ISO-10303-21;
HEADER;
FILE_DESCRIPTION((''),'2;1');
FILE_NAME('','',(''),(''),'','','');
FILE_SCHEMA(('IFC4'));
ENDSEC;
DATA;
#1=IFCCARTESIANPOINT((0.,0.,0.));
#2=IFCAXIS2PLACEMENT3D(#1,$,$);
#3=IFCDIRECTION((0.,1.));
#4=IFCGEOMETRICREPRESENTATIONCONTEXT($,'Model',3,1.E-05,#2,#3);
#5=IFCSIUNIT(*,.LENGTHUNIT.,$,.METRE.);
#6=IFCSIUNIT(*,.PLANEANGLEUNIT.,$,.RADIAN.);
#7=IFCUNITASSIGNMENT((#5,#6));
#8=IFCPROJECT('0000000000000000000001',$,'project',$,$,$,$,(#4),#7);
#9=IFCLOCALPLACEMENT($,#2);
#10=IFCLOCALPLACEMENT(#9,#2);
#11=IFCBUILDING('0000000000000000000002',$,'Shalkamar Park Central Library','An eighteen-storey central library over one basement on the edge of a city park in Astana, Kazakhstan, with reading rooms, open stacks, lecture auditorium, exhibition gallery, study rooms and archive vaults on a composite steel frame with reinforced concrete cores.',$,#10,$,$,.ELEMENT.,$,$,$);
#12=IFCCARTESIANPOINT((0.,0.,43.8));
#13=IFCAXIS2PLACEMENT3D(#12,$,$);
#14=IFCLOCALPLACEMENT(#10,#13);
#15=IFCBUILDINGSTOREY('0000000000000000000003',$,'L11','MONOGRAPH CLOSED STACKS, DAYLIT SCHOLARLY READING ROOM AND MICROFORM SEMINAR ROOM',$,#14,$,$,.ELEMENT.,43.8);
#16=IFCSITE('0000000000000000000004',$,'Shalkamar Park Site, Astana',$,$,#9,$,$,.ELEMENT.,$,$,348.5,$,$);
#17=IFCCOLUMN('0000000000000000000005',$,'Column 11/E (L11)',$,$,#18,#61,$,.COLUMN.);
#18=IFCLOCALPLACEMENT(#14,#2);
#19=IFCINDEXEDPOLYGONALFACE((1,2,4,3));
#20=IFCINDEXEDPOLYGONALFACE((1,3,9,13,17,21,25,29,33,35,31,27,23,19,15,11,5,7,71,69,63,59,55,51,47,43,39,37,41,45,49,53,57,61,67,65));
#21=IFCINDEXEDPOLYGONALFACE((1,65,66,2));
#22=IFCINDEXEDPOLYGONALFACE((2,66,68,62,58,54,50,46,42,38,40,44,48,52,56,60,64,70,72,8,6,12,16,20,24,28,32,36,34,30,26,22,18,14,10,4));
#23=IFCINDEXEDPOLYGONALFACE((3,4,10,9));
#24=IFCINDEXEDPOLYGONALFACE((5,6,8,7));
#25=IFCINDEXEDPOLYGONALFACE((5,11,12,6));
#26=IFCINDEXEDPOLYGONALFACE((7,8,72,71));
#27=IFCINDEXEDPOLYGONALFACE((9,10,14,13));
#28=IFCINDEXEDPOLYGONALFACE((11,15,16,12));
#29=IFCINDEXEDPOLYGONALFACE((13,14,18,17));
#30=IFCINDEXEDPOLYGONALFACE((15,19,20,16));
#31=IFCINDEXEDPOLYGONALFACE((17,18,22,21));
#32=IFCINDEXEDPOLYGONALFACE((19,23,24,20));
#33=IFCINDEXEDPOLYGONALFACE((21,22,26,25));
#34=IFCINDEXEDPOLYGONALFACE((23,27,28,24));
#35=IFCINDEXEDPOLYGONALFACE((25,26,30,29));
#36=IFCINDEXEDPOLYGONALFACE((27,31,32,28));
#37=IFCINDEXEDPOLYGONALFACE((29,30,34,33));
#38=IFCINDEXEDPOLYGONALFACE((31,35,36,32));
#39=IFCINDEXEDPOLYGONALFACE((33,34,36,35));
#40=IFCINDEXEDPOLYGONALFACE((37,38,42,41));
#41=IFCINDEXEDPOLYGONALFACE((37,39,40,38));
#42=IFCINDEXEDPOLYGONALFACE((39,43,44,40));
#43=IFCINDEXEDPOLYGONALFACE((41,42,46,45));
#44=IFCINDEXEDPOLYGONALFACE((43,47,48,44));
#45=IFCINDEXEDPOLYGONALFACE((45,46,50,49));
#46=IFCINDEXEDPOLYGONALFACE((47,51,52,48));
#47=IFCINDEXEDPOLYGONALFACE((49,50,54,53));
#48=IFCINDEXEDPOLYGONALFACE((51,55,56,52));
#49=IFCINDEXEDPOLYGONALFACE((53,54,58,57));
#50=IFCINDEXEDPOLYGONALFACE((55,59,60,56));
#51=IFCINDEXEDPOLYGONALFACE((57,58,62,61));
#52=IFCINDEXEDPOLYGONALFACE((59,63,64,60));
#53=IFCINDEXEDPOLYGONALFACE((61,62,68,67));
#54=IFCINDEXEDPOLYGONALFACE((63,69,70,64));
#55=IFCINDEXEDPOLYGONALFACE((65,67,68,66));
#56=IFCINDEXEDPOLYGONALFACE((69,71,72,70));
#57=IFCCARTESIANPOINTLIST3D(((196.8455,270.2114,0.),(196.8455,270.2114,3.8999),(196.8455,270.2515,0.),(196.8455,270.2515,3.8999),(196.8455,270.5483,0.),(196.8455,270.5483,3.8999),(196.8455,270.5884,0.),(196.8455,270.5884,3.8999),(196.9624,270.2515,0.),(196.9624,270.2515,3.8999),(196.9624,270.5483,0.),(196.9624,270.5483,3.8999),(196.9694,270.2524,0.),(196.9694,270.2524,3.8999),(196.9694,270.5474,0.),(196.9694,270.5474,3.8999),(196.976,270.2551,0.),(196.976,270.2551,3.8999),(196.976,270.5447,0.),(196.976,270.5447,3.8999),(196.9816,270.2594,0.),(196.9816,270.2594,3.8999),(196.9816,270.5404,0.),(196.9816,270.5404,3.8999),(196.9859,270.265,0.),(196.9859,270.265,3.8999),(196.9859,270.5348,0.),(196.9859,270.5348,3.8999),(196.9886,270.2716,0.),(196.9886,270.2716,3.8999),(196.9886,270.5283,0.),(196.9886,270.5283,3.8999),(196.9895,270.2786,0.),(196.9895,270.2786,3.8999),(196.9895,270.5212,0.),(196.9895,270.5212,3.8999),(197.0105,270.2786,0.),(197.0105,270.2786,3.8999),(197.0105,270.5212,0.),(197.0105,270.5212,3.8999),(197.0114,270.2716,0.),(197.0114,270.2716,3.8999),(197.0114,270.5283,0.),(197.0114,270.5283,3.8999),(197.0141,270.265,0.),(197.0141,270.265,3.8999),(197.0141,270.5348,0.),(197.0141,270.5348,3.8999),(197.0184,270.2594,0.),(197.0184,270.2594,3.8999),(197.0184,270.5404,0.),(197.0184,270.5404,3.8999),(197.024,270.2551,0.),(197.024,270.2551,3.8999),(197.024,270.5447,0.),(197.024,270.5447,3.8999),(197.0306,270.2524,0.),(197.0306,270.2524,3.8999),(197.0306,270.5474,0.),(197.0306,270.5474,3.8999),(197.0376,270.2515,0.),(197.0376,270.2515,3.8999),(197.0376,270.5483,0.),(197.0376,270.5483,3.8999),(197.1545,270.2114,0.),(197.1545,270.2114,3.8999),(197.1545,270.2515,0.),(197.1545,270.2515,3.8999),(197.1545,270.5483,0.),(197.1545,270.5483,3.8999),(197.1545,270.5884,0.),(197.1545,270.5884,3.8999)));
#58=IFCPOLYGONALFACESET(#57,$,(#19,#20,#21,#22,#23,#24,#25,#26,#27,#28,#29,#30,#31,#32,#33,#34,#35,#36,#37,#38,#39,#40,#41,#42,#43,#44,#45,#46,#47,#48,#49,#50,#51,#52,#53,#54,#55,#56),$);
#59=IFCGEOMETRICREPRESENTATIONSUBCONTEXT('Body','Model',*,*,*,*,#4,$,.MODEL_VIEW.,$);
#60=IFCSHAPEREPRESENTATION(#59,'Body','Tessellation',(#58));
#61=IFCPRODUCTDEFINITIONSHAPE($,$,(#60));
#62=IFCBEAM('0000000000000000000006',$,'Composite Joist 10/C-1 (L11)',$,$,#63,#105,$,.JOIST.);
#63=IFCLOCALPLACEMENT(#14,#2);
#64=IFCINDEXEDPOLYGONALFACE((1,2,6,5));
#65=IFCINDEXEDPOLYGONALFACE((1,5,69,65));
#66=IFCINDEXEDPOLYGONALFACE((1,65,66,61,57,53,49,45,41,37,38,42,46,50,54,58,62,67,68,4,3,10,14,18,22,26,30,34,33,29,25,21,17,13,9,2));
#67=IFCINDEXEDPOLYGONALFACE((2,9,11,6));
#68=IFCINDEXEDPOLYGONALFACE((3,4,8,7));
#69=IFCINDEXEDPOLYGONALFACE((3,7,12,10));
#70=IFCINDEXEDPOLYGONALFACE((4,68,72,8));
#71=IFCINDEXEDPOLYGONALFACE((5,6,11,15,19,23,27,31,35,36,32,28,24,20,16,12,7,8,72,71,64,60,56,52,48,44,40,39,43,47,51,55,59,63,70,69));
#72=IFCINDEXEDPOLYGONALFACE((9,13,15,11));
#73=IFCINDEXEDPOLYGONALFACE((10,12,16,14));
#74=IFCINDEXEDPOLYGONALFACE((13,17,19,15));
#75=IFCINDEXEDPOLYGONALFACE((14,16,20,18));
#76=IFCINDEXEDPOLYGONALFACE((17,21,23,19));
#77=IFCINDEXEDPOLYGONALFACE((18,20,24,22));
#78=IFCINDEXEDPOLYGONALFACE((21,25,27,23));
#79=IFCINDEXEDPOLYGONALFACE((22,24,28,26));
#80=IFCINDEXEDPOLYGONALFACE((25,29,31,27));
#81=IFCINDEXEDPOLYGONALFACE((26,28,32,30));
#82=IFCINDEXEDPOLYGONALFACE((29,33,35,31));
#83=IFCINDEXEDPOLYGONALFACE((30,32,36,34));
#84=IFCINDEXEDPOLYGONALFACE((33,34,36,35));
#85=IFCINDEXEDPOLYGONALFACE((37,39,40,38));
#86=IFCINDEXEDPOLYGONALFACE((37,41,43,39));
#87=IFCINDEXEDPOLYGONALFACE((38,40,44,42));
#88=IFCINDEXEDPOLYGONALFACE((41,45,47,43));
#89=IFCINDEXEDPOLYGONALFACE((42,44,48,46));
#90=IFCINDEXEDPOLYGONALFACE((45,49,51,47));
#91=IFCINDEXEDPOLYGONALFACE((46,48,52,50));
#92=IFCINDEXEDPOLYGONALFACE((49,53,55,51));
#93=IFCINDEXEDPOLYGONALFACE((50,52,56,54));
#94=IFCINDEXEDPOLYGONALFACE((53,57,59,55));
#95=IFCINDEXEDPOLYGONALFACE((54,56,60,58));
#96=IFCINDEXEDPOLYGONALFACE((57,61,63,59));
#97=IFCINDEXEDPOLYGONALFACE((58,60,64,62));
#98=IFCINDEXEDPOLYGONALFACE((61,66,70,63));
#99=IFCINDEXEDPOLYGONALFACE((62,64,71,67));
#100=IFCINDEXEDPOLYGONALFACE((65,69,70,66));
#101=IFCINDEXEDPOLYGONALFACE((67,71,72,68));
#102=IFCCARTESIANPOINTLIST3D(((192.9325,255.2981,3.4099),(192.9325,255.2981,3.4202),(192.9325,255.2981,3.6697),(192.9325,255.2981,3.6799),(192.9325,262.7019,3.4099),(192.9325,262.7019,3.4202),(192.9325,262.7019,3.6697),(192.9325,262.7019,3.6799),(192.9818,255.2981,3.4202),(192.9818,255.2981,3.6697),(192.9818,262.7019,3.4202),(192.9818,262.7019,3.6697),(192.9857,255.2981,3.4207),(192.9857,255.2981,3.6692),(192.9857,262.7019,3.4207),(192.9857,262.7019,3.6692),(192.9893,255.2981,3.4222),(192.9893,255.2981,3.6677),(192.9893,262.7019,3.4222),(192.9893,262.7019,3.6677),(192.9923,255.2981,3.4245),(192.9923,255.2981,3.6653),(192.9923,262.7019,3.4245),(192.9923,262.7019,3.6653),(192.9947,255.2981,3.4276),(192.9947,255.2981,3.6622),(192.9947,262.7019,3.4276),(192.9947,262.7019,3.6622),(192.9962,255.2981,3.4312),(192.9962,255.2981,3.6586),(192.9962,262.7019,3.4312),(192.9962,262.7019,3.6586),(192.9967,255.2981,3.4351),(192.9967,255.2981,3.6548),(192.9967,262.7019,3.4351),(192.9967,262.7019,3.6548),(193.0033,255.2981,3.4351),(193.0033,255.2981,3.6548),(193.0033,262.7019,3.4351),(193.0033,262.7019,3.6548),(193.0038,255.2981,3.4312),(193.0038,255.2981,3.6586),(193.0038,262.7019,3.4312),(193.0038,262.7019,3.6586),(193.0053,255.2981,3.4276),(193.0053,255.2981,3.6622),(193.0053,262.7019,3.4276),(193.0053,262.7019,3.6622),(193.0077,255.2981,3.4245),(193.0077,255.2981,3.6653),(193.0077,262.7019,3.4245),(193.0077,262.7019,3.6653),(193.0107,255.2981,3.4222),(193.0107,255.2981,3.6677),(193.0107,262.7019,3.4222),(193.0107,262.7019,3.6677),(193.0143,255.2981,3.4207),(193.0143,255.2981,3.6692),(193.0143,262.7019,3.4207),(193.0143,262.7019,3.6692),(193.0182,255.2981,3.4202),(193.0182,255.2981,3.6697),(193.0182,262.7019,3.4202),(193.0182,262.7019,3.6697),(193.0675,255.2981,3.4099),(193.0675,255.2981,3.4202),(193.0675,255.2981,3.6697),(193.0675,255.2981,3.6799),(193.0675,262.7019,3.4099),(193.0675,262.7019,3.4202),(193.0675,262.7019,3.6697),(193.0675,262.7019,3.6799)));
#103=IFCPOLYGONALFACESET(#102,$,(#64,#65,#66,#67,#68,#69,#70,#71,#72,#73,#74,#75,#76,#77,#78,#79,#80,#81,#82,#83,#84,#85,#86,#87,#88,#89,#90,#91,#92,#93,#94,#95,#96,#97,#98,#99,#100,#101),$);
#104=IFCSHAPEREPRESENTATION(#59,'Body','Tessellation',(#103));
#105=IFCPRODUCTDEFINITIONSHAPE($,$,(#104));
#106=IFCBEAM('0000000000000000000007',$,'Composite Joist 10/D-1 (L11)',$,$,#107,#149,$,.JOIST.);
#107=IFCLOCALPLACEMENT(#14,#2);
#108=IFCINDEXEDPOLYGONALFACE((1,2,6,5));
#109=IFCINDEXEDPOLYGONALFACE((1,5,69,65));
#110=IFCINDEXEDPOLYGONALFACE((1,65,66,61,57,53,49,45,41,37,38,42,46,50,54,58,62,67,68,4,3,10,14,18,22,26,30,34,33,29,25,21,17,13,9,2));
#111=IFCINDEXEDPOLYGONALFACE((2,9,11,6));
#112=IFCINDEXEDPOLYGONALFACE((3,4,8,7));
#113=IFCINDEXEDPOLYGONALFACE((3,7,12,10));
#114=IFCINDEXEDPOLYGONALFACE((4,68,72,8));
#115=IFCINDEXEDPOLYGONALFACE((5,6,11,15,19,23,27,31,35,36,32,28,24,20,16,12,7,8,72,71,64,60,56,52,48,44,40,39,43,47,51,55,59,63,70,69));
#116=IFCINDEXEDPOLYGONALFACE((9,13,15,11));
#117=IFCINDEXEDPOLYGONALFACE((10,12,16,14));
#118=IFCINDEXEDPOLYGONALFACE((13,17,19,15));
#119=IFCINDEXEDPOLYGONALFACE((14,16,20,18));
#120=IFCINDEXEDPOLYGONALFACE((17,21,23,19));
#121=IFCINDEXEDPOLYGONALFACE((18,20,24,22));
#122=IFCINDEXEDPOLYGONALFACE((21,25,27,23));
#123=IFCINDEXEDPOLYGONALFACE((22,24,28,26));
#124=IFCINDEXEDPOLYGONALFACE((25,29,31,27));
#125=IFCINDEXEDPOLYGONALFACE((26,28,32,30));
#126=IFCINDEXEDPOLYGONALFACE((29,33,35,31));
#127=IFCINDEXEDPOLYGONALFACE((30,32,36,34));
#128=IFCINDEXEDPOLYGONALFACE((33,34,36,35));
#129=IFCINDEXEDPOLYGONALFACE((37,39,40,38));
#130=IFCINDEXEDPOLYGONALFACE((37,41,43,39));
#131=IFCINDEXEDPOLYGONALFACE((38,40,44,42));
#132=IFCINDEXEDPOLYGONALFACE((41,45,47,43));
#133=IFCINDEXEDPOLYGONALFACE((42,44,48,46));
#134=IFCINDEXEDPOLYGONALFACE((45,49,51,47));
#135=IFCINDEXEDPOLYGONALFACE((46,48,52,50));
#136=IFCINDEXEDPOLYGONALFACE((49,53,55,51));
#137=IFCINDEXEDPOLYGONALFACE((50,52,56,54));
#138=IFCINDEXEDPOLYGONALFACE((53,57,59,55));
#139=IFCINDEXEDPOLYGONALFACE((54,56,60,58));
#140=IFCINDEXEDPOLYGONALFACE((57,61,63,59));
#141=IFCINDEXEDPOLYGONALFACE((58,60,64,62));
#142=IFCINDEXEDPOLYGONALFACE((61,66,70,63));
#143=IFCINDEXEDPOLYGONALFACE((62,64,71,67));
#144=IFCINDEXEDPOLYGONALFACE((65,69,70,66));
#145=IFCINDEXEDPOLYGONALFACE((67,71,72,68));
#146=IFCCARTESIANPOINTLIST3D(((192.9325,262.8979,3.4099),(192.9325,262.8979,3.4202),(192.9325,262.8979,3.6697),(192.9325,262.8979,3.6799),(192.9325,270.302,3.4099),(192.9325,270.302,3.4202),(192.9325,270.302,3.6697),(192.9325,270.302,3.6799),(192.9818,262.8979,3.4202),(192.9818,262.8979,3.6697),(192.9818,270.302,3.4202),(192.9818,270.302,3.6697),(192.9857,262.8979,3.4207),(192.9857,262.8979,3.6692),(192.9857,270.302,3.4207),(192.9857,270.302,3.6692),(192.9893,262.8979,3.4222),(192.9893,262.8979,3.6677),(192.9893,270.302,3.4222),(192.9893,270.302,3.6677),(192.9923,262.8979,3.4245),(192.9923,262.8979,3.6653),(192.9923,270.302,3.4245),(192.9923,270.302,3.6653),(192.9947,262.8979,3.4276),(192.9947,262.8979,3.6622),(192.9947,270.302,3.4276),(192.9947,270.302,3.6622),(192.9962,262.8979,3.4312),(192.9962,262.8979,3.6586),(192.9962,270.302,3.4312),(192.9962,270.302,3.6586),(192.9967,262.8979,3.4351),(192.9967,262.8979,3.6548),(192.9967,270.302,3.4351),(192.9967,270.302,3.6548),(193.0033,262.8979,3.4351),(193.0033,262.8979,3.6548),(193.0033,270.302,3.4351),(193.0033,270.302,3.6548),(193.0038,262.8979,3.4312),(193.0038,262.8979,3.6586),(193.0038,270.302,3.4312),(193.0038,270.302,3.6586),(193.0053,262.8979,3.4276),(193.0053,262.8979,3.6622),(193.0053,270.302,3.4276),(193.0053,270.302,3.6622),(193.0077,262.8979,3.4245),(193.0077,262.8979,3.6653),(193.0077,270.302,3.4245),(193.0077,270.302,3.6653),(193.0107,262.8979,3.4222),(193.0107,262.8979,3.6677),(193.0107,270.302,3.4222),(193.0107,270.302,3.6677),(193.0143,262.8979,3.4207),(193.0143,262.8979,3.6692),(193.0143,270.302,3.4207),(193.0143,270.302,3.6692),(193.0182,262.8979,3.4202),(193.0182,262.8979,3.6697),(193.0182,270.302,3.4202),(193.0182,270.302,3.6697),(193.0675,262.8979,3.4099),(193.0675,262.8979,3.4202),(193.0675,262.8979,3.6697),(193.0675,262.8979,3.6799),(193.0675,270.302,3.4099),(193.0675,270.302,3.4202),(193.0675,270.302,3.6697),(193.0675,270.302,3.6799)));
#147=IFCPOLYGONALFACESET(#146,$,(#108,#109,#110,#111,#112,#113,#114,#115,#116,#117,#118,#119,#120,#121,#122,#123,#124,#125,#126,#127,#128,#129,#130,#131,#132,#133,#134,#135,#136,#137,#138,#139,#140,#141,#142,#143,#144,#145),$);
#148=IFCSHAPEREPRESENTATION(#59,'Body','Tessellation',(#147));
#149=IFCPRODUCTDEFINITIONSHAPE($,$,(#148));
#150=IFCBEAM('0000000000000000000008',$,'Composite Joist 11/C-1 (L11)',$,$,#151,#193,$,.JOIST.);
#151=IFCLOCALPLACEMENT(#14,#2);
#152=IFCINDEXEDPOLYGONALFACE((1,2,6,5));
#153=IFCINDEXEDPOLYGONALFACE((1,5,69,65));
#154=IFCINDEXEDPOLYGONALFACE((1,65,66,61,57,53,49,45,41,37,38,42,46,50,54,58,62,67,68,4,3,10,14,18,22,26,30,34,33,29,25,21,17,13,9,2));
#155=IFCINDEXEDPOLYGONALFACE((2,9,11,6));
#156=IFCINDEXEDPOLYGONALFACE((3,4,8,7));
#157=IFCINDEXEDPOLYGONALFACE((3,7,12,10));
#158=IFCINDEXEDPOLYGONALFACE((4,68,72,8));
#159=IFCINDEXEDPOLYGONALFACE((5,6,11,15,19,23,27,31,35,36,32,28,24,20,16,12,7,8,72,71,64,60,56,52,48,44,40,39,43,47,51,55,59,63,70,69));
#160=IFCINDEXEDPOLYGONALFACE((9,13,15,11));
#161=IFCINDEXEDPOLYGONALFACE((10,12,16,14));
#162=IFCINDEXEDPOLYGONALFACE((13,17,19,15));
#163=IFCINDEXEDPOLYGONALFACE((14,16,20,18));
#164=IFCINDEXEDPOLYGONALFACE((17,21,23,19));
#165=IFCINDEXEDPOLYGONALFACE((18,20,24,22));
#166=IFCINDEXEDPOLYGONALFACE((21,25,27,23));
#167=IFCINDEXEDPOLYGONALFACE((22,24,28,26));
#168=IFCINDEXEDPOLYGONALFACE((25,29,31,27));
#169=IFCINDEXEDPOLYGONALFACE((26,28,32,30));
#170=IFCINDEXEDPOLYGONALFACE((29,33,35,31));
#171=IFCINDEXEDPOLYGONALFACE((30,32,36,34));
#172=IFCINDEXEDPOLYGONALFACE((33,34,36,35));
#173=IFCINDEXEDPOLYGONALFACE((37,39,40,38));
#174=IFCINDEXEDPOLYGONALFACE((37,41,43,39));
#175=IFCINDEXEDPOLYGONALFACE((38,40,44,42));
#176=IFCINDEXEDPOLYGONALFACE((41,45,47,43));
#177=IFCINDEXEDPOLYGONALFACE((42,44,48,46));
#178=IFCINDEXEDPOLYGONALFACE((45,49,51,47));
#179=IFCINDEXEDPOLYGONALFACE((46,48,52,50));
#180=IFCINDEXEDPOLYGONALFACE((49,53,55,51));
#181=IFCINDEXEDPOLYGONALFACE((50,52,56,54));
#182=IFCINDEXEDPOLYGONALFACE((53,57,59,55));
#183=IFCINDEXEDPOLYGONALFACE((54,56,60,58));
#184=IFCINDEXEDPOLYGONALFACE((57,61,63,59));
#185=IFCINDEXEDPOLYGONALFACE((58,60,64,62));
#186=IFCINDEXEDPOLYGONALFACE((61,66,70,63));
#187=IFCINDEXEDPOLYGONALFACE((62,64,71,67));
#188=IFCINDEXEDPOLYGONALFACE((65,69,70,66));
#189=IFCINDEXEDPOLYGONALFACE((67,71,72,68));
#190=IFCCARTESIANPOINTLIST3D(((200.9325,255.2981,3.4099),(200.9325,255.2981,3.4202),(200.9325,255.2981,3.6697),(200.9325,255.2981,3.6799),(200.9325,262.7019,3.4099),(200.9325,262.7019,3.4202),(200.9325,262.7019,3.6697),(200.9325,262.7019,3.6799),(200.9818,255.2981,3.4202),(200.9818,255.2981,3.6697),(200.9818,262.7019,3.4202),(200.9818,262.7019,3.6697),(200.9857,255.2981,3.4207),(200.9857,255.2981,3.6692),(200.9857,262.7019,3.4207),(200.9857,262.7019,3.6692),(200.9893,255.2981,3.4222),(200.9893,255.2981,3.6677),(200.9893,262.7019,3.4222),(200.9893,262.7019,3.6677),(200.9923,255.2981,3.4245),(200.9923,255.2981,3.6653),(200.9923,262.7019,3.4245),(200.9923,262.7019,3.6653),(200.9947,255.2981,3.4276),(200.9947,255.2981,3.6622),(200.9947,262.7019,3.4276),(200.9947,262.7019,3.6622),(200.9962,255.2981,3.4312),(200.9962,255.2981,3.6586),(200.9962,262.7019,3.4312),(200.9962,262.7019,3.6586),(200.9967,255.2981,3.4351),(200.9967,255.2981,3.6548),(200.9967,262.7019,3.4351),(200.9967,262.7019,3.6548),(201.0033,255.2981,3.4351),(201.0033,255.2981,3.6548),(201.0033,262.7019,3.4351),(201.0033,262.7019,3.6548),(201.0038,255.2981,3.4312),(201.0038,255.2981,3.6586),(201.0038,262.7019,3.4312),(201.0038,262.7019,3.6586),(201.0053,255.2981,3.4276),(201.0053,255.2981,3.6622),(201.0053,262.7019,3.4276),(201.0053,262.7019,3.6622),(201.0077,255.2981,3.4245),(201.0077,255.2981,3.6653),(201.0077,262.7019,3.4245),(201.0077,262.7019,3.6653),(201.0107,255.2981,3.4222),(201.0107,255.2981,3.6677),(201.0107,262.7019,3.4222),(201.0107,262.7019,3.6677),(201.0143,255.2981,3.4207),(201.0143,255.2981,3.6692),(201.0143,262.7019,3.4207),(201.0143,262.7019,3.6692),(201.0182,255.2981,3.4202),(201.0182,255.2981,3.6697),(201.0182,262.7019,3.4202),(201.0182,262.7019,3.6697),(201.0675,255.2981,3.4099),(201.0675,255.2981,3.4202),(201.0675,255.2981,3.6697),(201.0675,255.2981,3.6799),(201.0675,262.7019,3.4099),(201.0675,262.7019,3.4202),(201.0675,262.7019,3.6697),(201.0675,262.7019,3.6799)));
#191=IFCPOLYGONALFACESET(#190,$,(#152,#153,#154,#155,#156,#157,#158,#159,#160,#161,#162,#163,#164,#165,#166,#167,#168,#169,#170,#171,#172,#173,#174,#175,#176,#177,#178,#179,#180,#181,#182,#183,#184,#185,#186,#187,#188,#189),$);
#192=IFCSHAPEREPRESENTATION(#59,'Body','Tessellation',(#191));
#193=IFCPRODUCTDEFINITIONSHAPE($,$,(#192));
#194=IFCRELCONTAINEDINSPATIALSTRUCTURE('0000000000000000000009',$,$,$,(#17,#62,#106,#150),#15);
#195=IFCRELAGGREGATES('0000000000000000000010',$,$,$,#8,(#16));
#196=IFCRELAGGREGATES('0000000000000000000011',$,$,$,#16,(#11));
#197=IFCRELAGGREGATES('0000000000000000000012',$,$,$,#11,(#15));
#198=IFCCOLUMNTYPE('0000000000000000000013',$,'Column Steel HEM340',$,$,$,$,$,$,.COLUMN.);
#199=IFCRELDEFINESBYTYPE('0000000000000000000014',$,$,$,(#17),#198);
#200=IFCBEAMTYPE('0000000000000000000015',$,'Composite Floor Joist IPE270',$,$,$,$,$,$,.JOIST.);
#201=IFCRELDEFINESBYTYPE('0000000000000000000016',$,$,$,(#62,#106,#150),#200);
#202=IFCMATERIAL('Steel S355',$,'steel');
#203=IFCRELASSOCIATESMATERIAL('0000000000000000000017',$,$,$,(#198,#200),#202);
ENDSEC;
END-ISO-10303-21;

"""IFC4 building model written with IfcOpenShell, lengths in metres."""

from ifc_helpers import new_model, si_unit, direction, frame, origin, origin_2d, place, context, subcontext, project, spatial, i_section, extrude, material, material_profile, profile_set, type_object, element, save


model = new_model("IFC4")

# Units and contexts
model_context = context("Model", 3, precision=1e-05, world=origin(), true_north=direction((0.0, 1.0)))
body_context = subcontext(model_context, "Body", "Model", "MODEL_VIEW")
ifc_project = project(units=[si_unit("LENGTHUNIT", "METRE"), si_unit("PLANEANGLEUNIT", "RADIAN")], contexts=[model_context])

# Site, building, storey
site_placement = place(None, origin())
site = spatial("IfcSite", under=ifc_project, at=site_placement, Name="Shalkamar Park Site, Astana", CompositionType="ELEMENT", RefElevation=348.5)
building_placement = place(site_placement, origin())
building = spatial("IfcBuilding", under=site, at=building_placement, Name="Shalkamar Park Central Library", Description="An eighteen-storey central library over one basement on the edge of a city park in Astana, Kazakhstan, with reading rooms, open stacks, lecture auditorium, exhibition gallery, study rooms and archive vaults on a composite steel frame with reinforced concrete cores.", CompositionType="ELEMENT")
storey_placement = place(building_placement, frame((0.0, 0.0, 43.8)))
storey = spatial("IfcBuildingStorey", under=building, at=storey_placement, Name="L11", Description="MONOGRAPH CLOSED STACKS, DAYLIT SCHOLARLY READING ROOM AND MICROFORM SEMINAR ROOM", CompositionType="ELEMENT", Elevation=43.8)

# Column
ifc_material_1 = material(Name="Steel S355", Category="steel")
ifc_material_profile_1 = material_profile(ifc_material_1, i_section(OverallWidth=0.3091, OverallDepth=0.377, WebThickness=0.021, FlangeThickness=0.04, FilletRadius=0.0271, at=origin_2d()), Name="HEM 340")
ifc_profile_set_1 = profile_set([ifc_material_profile_1], Name="Steel S355")
column_type_1 = type_object("IfcColumnType", Name="Column Steel HEM340", PredefinedType="COLUMN", material=ifc_profile_set_1)
for number, where, z_axis, x_axis, name in (
    (1, (197.0, 270.3999, 0.0), (0.0, 0.0, 1.0), (1.0, 0.0, 0.0), "Column 11/E (L11)"),
):
    element("IfcColumn", number, at=place(storey_placement, frame(where, z_axis=z_axis, x_axis=x_axis)), inside=storey, type_object=column_type_1, Name=name, PredefinedType="COLUMN", context=body_context, shape_type="SweptSolid", body=[
        extrude(i_section(OverallWidth=0.3091, OverallDepth=0.377, WebThickness=0.021, FlangeThickness=0.04, FilletRadius=0.0271, at=origin_2d()), origin(), (0.0, 0.0, 1.0), 3.8999),
    ])

# Beams
ifc_material_profile_2 = material_profile(ifc_material_1, i_section(OverallWidth=0.135, OverallDepth=0.27, WebThickness=0.0066, FlangeThickness=0.0103, FilletRadius=0.0149, at=origin_2d()), Name="IPE 270")
ifc_profile_set_2 = profile_set([ifc_material_profile_2], Name="Steel S355")
beam_type_1 = type_object("IfcBeamType", Name="Composite Floor Joist IPE270", PredefinedType="JOIST", material=ifc_profile_set_2)
beam_1_placement = place(storey_placement, frame((193.0, 255.2981, 3.5449), z_axis=(0.0, 1.0, 0.0), x_axis=(-1.0, 0.0, 0.0)))
element("IfcBeam", 2, at=beam_1_placement, inside=storey, type_object=beam_type_1, Name="Composite Joist 10/C-1 (L11)", PredefinedType="JOIST", context=body_context, shape_type="SweptSolid", body=[
    extrude(i_section(OverallWidth=0.135, OverallDepth=0.27, WebThickness=0.0066, FlangeThickness=0.0103, FilletRadius=0.0149, at=origin_2d()), origin(), (0.0, 0.0, 1.0), 7.4038),
])
beam_2_placement = place(storey_placement, frame((193.0, 262.8979, 3.5449), z_axis=(0.0, 1.0, 0.0), x_axis=(-1.0, 0.0, 0.0)))
element("IfcBeam", 3, at=beam_2_placement, inside=storey, type_object=beam_type_1, Name="Composite Joist 10/D-1 (L11)", PredefinedType="JOIST", context=body_context, shape_type="SweptSolid", body=[
    extrude(i_section(OverallWidth=0.135, OverallDepth=0.27, WebThickness=0.0066, FlangeThickness=0.0103, FilletRadius=0.0149, at=origin_2d()), origin(), (0.0, 0.0, 1.0), 7.4041),
])
beam_3_placement = place(storey_placement, frame((201.0, 255.2981, 3.5449), z_axis=(0.0, 1.0, 0.0), x_axis=(-1.0, 0.0, 0.0)))
element("IfcBeam", 4, at=beam_3_placement, inside=storey, type_object=beam_type_1, Name="Composite Joist 11/C-1 (L11)", PredefinedType="JOIST", context=body_context, shape_type="SweptSolid", body=[
    extrude(i_section(OverallWidth=0.135, OverallDepth=0.27, WebThickness=0.0066, FlangeThickness=0.0103, FilletRadius=0.0149, at=origin_2d()), origin(), (0.0, 0.0, 1.0), 7.4038),
])

save(model, "model.ifc")
